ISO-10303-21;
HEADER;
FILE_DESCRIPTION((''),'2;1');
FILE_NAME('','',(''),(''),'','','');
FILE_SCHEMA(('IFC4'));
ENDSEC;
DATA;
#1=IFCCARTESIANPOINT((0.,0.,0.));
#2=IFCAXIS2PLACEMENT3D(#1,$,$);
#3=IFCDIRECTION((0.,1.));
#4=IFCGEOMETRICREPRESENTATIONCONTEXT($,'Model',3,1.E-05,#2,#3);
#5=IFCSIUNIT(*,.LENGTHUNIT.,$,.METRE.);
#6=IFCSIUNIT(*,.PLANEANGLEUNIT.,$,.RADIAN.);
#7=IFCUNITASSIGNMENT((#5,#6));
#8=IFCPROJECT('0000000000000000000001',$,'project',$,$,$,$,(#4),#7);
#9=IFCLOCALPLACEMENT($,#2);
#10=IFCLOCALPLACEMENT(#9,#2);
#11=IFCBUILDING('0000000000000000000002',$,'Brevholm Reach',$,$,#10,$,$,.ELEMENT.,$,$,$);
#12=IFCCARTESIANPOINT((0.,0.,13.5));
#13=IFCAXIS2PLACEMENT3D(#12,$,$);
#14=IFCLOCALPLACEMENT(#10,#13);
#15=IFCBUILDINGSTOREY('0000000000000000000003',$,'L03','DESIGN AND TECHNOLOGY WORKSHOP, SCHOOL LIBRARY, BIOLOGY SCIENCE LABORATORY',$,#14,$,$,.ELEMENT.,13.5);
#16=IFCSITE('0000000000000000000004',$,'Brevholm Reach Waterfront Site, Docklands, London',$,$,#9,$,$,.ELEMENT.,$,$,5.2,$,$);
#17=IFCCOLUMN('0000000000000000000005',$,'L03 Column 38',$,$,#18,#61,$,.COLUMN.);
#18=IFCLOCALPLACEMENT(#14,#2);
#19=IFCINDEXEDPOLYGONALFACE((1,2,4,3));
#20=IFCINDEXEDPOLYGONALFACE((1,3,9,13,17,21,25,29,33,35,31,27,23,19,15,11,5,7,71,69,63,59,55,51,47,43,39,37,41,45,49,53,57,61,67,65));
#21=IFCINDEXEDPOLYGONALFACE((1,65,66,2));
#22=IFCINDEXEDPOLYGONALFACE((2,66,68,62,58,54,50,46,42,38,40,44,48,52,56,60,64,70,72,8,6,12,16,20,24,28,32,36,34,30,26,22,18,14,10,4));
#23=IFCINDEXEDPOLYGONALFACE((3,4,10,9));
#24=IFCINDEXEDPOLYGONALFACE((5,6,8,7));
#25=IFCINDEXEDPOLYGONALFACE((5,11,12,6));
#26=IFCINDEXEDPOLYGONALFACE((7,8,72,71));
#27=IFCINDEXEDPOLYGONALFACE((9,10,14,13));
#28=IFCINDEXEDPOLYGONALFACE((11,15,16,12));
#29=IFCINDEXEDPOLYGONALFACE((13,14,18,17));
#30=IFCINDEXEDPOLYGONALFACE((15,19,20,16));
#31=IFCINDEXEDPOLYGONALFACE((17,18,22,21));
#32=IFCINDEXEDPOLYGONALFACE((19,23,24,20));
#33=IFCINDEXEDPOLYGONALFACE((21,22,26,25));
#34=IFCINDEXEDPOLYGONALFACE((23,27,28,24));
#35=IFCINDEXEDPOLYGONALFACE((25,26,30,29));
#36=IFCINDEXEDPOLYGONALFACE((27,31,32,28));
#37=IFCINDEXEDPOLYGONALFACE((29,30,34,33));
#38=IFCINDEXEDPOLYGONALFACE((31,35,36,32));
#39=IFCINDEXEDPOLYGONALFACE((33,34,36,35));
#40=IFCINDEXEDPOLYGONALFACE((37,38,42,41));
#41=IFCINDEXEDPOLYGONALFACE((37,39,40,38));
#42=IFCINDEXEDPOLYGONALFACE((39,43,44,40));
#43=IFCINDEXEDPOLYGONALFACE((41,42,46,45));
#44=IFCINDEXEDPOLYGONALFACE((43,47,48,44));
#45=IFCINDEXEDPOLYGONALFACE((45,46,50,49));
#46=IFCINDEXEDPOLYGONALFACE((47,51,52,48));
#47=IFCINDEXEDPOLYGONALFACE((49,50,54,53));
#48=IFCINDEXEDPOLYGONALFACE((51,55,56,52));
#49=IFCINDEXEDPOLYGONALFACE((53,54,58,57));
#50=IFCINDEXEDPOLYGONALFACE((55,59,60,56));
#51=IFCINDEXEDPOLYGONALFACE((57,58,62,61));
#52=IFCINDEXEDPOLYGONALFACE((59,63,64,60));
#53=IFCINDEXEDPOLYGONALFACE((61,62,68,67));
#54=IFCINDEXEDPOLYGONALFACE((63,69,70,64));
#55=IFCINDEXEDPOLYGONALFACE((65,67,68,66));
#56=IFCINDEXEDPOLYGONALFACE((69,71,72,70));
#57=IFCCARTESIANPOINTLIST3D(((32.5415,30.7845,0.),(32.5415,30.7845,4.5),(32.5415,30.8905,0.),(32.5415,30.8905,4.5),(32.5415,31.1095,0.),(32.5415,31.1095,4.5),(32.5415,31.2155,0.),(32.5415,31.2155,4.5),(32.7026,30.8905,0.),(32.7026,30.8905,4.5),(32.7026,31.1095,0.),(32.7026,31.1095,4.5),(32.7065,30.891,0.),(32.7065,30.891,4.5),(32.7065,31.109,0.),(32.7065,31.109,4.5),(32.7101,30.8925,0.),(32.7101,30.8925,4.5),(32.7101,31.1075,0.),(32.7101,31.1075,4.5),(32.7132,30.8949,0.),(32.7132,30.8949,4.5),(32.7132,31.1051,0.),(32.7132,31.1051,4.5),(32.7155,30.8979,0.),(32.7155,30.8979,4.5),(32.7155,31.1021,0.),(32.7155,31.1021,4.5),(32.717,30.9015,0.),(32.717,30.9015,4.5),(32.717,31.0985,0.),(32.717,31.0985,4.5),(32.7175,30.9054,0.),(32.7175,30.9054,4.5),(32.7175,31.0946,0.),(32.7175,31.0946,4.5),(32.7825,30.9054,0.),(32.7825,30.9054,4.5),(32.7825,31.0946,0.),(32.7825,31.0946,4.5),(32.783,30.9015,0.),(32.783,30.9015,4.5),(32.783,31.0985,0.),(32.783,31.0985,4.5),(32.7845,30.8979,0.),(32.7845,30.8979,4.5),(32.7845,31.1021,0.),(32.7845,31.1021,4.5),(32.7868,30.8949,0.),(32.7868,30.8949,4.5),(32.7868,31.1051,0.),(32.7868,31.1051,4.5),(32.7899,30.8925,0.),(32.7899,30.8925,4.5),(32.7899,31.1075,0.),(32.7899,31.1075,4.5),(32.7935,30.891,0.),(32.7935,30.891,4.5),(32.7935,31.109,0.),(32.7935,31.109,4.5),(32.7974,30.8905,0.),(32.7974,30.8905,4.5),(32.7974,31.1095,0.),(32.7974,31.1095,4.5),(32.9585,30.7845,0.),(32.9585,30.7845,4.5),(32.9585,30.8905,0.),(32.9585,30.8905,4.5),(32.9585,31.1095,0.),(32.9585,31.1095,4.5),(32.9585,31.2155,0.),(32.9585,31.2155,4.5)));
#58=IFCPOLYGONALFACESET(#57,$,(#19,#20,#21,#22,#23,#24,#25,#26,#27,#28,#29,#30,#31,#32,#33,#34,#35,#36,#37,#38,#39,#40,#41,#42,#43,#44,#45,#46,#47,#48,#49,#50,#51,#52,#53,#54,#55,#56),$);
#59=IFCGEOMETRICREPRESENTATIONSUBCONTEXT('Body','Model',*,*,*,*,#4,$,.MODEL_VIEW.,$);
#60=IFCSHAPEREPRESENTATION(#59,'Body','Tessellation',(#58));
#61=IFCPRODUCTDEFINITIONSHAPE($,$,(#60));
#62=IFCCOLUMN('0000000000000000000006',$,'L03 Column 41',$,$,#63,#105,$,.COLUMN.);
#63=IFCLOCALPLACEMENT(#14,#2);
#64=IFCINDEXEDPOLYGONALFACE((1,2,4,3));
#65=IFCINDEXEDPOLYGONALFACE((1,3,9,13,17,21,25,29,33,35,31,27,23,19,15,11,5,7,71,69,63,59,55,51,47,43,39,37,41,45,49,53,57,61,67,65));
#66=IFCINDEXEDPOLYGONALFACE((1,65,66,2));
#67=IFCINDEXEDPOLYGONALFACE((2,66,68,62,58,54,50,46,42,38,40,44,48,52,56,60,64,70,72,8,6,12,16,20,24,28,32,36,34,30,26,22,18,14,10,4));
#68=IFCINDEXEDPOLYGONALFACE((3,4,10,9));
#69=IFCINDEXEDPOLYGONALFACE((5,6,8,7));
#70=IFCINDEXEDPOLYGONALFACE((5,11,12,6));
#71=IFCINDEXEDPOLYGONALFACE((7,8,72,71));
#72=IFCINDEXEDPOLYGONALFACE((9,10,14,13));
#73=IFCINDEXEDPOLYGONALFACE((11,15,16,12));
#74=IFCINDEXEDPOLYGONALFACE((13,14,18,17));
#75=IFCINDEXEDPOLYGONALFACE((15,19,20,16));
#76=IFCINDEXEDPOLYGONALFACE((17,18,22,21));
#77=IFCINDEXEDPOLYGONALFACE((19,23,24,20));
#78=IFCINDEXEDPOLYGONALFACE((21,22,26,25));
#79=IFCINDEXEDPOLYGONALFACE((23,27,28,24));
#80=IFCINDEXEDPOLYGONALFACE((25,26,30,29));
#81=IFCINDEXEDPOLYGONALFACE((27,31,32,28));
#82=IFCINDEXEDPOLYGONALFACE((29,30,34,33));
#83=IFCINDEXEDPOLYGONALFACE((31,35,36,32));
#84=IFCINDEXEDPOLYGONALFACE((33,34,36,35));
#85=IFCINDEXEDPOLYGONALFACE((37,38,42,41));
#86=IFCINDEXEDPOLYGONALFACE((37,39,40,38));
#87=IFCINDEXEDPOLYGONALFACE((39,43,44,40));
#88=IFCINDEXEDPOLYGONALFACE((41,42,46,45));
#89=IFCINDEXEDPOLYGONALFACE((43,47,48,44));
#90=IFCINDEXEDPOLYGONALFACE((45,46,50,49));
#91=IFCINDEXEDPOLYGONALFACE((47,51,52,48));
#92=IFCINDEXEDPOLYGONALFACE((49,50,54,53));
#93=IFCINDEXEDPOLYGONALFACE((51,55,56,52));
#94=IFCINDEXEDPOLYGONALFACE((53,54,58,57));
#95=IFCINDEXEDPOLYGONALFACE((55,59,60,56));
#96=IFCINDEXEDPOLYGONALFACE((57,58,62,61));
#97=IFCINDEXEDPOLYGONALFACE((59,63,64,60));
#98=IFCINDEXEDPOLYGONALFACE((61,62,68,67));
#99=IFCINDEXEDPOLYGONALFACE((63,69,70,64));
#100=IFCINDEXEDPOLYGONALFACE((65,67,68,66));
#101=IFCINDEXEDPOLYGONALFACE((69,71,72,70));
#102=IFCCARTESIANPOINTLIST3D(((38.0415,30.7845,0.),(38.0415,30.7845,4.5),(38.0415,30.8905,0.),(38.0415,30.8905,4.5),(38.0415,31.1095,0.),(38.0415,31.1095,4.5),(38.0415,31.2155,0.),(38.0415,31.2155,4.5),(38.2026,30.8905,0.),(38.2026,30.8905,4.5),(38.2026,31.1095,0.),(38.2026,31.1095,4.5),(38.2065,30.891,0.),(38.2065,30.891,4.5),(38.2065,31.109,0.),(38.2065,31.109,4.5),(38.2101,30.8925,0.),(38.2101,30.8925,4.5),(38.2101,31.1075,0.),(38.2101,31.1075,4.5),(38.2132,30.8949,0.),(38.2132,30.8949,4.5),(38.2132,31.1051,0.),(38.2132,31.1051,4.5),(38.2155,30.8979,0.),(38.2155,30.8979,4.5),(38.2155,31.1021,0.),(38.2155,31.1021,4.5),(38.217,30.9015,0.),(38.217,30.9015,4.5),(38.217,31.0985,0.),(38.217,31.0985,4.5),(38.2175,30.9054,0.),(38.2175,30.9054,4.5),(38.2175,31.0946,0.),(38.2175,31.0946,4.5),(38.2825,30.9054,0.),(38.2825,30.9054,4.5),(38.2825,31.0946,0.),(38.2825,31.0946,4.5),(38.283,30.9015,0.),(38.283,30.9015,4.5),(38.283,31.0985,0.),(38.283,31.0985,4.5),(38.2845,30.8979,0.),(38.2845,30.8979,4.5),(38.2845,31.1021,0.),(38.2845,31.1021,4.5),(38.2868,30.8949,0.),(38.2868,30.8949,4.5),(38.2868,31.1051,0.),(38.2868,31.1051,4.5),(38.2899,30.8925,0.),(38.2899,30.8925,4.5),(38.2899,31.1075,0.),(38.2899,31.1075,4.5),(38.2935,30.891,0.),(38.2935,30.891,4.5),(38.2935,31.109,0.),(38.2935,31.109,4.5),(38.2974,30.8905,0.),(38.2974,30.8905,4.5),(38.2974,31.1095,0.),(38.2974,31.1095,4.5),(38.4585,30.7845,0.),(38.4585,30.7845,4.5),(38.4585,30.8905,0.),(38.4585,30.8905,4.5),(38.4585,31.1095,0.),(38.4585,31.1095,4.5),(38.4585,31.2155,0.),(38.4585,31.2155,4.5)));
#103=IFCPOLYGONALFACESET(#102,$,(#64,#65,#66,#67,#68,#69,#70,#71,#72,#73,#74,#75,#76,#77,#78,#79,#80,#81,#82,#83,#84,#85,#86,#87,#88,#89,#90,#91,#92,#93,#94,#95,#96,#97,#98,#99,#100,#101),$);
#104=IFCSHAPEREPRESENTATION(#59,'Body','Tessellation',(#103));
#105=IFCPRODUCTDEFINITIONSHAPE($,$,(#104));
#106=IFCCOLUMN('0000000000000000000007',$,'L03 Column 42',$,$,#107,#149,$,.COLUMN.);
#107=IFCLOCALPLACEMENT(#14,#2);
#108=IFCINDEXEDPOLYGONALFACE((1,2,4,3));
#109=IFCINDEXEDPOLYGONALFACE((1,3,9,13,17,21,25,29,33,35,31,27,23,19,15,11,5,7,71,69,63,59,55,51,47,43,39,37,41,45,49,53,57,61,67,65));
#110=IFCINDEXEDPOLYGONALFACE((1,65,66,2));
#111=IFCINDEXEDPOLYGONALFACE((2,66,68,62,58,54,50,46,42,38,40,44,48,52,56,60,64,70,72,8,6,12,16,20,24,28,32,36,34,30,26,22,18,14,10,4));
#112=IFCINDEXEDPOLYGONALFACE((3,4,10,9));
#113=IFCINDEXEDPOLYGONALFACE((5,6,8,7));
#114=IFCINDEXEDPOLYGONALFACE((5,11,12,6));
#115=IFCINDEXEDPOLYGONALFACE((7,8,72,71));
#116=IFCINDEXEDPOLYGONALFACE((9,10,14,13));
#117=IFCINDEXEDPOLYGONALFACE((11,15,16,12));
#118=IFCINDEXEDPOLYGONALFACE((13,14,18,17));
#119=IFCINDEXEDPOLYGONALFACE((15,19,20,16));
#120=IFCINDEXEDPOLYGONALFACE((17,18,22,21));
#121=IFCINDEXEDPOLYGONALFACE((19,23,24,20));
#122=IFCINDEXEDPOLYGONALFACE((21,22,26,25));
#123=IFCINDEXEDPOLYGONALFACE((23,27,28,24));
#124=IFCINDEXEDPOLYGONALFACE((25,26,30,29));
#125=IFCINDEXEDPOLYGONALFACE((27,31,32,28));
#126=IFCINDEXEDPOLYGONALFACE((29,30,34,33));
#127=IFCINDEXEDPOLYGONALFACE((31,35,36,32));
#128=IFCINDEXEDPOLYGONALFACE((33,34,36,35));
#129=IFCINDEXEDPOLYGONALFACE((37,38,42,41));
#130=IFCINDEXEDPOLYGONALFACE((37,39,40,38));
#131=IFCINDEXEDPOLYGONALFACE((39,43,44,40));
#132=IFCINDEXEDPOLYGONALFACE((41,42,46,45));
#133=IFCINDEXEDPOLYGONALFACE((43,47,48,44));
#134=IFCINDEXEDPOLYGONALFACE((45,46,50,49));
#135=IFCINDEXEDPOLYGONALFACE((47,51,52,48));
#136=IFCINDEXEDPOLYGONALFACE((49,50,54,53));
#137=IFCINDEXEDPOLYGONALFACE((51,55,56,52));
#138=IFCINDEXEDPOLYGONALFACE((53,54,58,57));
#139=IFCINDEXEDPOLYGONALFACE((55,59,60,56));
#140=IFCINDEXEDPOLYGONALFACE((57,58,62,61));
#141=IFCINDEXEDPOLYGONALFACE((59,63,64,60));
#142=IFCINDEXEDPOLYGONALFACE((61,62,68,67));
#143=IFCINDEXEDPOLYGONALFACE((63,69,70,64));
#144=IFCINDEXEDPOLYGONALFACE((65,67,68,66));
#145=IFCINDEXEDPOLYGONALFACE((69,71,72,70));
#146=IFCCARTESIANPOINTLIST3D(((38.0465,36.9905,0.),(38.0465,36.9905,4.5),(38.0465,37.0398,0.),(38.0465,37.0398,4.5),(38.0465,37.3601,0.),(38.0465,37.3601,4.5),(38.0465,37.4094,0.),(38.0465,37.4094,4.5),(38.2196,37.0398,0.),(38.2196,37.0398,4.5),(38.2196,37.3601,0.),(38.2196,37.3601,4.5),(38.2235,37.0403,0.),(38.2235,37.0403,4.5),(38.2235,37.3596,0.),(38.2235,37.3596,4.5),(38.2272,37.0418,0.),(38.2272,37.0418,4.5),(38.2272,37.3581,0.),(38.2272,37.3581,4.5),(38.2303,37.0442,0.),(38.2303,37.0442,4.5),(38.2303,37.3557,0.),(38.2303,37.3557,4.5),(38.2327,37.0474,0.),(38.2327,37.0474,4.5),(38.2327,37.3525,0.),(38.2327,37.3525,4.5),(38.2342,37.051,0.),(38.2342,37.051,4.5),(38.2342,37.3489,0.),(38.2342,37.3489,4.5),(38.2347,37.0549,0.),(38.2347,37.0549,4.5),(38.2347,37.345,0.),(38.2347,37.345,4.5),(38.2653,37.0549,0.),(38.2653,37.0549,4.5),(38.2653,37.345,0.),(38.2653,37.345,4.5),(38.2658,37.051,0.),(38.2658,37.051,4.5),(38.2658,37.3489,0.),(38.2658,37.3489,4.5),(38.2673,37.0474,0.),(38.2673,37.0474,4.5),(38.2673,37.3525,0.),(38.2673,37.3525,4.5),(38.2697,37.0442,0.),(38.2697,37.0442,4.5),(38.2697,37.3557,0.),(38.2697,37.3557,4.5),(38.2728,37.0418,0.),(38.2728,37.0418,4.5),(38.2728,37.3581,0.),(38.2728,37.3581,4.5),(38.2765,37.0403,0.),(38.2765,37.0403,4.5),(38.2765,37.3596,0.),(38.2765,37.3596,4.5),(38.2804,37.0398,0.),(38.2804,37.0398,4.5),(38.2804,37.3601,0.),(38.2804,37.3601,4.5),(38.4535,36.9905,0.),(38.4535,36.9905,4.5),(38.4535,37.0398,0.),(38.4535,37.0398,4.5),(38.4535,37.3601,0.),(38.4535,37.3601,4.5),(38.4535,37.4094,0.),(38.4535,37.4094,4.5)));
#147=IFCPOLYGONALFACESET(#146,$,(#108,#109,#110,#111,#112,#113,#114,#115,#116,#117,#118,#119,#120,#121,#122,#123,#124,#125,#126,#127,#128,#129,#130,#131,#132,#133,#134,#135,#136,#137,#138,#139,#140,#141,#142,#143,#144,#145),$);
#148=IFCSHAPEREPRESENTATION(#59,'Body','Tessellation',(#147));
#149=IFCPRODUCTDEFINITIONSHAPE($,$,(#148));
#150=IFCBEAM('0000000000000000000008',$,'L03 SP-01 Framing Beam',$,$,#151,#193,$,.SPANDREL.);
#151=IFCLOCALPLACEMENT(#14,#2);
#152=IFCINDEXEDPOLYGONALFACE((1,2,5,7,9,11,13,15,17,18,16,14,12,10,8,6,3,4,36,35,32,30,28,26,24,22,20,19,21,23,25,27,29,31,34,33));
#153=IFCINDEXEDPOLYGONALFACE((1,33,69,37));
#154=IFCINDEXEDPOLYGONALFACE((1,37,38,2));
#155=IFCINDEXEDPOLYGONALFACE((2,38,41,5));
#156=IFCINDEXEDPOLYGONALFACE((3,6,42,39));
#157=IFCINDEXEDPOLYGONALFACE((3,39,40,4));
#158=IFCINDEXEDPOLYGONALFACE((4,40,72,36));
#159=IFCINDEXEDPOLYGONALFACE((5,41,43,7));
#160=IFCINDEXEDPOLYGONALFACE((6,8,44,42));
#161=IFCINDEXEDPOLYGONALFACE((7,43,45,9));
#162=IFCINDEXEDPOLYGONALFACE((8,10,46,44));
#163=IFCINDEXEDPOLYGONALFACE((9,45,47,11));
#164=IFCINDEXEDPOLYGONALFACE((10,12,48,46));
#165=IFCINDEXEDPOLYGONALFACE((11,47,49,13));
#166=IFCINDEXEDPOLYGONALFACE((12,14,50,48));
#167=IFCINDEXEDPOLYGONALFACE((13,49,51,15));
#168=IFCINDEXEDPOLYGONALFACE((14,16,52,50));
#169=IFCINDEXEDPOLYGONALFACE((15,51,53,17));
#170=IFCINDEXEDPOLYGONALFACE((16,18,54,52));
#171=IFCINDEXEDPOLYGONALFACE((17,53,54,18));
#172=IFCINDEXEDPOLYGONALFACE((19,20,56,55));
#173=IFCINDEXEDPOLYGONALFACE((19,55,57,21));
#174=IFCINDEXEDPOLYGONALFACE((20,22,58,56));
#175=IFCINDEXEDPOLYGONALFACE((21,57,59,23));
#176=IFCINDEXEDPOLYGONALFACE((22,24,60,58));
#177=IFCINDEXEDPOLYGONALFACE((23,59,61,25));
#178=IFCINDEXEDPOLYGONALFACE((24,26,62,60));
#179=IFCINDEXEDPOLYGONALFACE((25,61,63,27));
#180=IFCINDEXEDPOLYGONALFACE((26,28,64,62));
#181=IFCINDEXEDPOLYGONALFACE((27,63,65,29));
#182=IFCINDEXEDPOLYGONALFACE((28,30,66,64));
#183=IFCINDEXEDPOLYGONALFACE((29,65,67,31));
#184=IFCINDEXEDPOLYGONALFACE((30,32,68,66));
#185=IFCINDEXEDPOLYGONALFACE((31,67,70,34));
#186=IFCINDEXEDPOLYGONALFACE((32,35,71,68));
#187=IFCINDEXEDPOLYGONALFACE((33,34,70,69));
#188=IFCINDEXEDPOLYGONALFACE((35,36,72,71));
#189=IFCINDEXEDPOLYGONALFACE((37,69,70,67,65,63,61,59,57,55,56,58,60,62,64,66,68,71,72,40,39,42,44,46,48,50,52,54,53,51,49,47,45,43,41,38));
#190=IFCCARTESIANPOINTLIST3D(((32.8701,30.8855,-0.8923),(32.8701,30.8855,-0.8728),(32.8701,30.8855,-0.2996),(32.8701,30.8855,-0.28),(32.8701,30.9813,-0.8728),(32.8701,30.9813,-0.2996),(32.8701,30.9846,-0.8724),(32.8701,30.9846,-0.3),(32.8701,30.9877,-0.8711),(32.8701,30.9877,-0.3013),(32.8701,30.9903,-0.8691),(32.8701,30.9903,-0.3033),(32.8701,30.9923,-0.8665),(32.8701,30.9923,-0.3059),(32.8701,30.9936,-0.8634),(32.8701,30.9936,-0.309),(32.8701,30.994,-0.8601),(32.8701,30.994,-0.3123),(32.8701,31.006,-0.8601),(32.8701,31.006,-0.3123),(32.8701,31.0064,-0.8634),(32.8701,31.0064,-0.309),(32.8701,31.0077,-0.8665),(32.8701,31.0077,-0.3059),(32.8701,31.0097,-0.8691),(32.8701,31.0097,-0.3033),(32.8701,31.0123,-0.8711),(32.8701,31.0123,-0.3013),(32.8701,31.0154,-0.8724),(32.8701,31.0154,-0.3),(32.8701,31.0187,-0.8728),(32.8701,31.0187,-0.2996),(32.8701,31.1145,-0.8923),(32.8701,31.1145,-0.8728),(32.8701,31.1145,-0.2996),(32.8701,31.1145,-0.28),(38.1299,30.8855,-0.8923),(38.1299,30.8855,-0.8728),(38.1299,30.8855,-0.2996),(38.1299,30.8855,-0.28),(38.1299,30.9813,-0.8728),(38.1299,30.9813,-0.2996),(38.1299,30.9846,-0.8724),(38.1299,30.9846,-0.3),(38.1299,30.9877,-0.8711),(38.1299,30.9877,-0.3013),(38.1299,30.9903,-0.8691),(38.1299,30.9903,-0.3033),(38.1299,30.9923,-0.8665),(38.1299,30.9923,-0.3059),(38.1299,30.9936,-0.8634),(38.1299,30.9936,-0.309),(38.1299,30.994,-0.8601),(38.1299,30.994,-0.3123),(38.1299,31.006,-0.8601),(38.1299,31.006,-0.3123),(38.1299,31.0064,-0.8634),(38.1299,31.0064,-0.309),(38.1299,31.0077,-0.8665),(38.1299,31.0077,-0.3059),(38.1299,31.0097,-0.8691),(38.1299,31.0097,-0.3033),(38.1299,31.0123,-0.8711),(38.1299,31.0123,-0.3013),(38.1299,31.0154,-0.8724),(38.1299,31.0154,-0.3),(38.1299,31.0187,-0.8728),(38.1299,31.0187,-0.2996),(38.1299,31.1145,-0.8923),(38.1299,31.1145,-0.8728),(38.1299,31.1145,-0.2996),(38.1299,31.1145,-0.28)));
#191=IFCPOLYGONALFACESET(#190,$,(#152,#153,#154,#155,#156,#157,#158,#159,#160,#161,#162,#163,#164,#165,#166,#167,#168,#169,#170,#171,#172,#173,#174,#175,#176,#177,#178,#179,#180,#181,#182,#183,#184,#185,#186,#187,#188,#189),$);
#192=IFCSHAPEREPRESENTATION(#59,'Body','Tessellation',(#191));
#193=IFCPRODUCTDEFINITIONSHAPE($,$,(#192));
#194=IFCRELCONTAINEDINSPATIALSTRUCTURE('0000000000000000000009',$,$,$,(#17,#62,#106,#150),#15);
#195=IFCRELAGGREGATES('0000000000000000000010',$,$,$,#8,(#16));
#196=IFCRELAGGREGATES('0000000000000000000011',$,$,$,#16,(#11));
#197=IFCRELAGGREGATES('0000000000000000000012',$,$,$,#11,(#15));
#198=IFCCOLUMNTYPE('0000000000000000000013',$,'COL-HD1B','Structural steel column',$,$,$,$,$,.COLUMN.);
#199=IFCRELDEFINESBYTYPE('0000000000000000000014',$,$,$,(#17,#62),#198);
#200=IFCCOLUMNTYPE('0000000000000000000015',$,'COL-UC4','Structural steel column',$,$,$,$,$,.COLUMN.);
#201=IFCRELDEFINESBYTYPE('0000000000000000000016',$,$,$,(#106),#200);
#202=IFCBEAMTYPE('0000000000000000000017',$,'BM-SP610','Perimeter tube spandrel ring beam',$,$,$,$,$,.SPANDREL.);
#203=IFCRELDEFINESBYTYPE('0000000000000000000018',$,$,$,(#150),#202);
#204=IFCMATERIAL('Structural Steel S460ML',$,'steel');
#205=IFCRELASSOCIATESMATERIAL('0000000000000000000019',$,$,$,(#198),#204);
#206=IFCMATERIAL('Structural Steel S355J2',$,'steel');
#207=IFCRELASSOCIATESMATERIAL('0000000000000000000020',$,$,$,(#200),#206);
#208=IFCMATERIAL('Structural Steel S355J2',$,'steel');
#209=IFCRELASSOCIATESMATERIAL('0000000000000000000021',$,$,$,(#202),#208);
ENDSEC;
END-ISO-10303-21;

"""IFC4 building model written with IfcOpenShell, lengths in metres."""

from ifc_helpers import new_model, si_unit, direction, frame, origin, origin_2d, place, context, subcontext, project, spatial, i_section, extrude, material, material_profile, profile_set, type_object, element, save


model = new_model("IFC4")

# Units and contexts
model_context = context("Model", 3, precision=1e-05, world=origin(), true_north=direction((0.0, 1.0)))
body_context = subcontext(model_context, "Body", "Model", "MODEL_VIEW")
ifc_project = project(units=[si_unit("LENGTHUNIT", "METRE"), si_unit("PLANEANGLEUNIT", "RADIAN")], contexts=[model_context])

# Site, building, storey
site_placement = place(None, origin())
site = spatial("IfcSite", under=ifc_project, at=site_placement, Name="Brevholm Reach Waterfront Site, Docklands, London", CompositionType="ELEMENT", RefElevation=5.2)
building_placement = place(site_placement, origin())
building = spatial("IfcBuilding", under=site, at=building_placement, Name="Brevholm Reach", CompositionType="ELEMENT")
storey_placement = place(building_placement, frame((0.0, 0.0, 13.5)))
storey = spatial("IfcBuildingStorey", under=building, at=storey_placement, Name="L03", Description="DESIGN AND TECHNOLOGY WORKSHOP, SCHOOL LIBRARY, BIOLOGY SCIENCE LABORATORY", CompositionType="ELEMENT", Elevation=13.5)

# Columns
ifc_material_1 = material(Name="Structural Steel S460ML", Category="steel")
ifc_material_profile_1 = material_profile(ifc_material_1, i_section(OverallWidth=0.417, OverallDepth=0.4309, WebThickness=0.0649, FlangeThickness=0.106, FilletRadius=0.0149, at=origin_2d()), Name="HD 400x900")
ifc_profile_set_1 = profile_set([ifc_material_profile_1], Name="Structural Steel S460ML")
column_type_1 = type_object("IfcColumnType", Name="COL-HD1B", Description="Structural steel column", PredefinedType="COLUMN", material=ifc_profile_set_1)
for number, where, z_axis, x_axis, name in (
    (1, (32.75, 31.0, 0.0), (0.0, 0.0, 1.0), (1.0, 0.0, 0.0), "L03 Column 38"),
    (2, (38.25, 31.0, 0.0), (0.0, 0.0, 1.0), (1.0, 0.0, 0.0), "L03 Column 41"),
):
    element("IfcColumn", number, at=place(storey_placement, frame(where, z_axis=z_axis, x_axis=x_axis)), inside=storey, type_object=column_type_1, Name=name, PredefinedType="COLUMN", context=body_context, shape_type="SweptSolid", body=[
        extrude(i_section(OverallWidth=0.417, OverallDepth=0.4309, WebThickness=0.0649, FlangeThickness=0.106, FilletRadius=0.0149, at=origin_2d()), origin(), (0.0, 0.0, 1.0), 4.5),
    ])
ifc_material_2 = material(Name="Structural Steel S355J2", Category="steel")
ifc_material_profile_2 = material_profile(ifc_material_2, i_section(OverallWidth=0.407, OverallDepth=0.4189, WebThickness=0.0305, FlangeThickness=0.0493, FilletRadius=0.0151, at=origin_2d()), Name="UKC 356x406x393")
ifc_profile_set_2 = profile_set([ifc_material_profile_2], Name="Structural Steel S355J2")
column_type_2 = type_object("IfcColumnType", Name="COL-UC4", Description="Structural steel column", PredefinedType="COLUMN", material=ifc_profile_set_2)
column_placement = place(storey_placement, frame((38.25, 37.2, 0.0), z_axis=(0.0, 0.0, 1.0), x_axis=(1.0, 0.0, 0.0)))
element("IfcColumn", 3, at=column_placement, inside=storey, type_object=column_type_2, Name="L03 Column 42", PredefinedType="COLUMN", context=body_context, shape_type="SweptSolid", body=[
    extrude(i_section(OverallWidth=0.407, OverallDepth=0.4189, WebThickness=0.0305, FlangeThickness=0.0493, FilletRadius=0.0151, at=origin_2d()), origin(), (0.0, 0.0, 1.0), 4.5),
])

# Beam
ifc_material_3 = material(Name="Structural Steel S355J2", Category="steel")
ifc_material_profile_3 = material_profile(ifc_material_3, i_section(OverallWidth=0.229, OverallDepth=0.6123, WebThickness=0.012, FlangeThickness=0.0195, FilletRadius=0.0127, at=origin_2d()), Name="UKB 610x229x125")
ifc_profile_set_3 = profile_set([ifc_material_profile_3], Name="Structural Steel S355J2")
beam_type_1 = type_object("IfcBeamType", Name="BM-SP610", Description="Perimeter tube spandrel ring beam", PredefinedType="SPANDREL", material=ifc_profile_set_3)
beam_1_placement = place(storey_placement, frame((32.8701, 31.0, -0.5862), z_axis=(1.0, 0.0, 0.0), x_axis=(0.0, 1.0, 0.0)))
element("IfcBeam", 4, at=beam_1_placement, inside=storey, type_object=beam_type_1, Name="L03 SP-01 Framing Beam", PredefinedType="SPANDREL", context=body_context, shape_type="SweptSolid", body=[
    extrude(i_section(OverallWidth=0.229, OverallDepth=0.6123, WebThickness=0.012, FlangeThickness=0.0195, FilletRadius=0.0127, at=origin_2d()), origin(), (0.0, 0.0, 1.0), 5.2598),
])

save(model, "model.ifc")
